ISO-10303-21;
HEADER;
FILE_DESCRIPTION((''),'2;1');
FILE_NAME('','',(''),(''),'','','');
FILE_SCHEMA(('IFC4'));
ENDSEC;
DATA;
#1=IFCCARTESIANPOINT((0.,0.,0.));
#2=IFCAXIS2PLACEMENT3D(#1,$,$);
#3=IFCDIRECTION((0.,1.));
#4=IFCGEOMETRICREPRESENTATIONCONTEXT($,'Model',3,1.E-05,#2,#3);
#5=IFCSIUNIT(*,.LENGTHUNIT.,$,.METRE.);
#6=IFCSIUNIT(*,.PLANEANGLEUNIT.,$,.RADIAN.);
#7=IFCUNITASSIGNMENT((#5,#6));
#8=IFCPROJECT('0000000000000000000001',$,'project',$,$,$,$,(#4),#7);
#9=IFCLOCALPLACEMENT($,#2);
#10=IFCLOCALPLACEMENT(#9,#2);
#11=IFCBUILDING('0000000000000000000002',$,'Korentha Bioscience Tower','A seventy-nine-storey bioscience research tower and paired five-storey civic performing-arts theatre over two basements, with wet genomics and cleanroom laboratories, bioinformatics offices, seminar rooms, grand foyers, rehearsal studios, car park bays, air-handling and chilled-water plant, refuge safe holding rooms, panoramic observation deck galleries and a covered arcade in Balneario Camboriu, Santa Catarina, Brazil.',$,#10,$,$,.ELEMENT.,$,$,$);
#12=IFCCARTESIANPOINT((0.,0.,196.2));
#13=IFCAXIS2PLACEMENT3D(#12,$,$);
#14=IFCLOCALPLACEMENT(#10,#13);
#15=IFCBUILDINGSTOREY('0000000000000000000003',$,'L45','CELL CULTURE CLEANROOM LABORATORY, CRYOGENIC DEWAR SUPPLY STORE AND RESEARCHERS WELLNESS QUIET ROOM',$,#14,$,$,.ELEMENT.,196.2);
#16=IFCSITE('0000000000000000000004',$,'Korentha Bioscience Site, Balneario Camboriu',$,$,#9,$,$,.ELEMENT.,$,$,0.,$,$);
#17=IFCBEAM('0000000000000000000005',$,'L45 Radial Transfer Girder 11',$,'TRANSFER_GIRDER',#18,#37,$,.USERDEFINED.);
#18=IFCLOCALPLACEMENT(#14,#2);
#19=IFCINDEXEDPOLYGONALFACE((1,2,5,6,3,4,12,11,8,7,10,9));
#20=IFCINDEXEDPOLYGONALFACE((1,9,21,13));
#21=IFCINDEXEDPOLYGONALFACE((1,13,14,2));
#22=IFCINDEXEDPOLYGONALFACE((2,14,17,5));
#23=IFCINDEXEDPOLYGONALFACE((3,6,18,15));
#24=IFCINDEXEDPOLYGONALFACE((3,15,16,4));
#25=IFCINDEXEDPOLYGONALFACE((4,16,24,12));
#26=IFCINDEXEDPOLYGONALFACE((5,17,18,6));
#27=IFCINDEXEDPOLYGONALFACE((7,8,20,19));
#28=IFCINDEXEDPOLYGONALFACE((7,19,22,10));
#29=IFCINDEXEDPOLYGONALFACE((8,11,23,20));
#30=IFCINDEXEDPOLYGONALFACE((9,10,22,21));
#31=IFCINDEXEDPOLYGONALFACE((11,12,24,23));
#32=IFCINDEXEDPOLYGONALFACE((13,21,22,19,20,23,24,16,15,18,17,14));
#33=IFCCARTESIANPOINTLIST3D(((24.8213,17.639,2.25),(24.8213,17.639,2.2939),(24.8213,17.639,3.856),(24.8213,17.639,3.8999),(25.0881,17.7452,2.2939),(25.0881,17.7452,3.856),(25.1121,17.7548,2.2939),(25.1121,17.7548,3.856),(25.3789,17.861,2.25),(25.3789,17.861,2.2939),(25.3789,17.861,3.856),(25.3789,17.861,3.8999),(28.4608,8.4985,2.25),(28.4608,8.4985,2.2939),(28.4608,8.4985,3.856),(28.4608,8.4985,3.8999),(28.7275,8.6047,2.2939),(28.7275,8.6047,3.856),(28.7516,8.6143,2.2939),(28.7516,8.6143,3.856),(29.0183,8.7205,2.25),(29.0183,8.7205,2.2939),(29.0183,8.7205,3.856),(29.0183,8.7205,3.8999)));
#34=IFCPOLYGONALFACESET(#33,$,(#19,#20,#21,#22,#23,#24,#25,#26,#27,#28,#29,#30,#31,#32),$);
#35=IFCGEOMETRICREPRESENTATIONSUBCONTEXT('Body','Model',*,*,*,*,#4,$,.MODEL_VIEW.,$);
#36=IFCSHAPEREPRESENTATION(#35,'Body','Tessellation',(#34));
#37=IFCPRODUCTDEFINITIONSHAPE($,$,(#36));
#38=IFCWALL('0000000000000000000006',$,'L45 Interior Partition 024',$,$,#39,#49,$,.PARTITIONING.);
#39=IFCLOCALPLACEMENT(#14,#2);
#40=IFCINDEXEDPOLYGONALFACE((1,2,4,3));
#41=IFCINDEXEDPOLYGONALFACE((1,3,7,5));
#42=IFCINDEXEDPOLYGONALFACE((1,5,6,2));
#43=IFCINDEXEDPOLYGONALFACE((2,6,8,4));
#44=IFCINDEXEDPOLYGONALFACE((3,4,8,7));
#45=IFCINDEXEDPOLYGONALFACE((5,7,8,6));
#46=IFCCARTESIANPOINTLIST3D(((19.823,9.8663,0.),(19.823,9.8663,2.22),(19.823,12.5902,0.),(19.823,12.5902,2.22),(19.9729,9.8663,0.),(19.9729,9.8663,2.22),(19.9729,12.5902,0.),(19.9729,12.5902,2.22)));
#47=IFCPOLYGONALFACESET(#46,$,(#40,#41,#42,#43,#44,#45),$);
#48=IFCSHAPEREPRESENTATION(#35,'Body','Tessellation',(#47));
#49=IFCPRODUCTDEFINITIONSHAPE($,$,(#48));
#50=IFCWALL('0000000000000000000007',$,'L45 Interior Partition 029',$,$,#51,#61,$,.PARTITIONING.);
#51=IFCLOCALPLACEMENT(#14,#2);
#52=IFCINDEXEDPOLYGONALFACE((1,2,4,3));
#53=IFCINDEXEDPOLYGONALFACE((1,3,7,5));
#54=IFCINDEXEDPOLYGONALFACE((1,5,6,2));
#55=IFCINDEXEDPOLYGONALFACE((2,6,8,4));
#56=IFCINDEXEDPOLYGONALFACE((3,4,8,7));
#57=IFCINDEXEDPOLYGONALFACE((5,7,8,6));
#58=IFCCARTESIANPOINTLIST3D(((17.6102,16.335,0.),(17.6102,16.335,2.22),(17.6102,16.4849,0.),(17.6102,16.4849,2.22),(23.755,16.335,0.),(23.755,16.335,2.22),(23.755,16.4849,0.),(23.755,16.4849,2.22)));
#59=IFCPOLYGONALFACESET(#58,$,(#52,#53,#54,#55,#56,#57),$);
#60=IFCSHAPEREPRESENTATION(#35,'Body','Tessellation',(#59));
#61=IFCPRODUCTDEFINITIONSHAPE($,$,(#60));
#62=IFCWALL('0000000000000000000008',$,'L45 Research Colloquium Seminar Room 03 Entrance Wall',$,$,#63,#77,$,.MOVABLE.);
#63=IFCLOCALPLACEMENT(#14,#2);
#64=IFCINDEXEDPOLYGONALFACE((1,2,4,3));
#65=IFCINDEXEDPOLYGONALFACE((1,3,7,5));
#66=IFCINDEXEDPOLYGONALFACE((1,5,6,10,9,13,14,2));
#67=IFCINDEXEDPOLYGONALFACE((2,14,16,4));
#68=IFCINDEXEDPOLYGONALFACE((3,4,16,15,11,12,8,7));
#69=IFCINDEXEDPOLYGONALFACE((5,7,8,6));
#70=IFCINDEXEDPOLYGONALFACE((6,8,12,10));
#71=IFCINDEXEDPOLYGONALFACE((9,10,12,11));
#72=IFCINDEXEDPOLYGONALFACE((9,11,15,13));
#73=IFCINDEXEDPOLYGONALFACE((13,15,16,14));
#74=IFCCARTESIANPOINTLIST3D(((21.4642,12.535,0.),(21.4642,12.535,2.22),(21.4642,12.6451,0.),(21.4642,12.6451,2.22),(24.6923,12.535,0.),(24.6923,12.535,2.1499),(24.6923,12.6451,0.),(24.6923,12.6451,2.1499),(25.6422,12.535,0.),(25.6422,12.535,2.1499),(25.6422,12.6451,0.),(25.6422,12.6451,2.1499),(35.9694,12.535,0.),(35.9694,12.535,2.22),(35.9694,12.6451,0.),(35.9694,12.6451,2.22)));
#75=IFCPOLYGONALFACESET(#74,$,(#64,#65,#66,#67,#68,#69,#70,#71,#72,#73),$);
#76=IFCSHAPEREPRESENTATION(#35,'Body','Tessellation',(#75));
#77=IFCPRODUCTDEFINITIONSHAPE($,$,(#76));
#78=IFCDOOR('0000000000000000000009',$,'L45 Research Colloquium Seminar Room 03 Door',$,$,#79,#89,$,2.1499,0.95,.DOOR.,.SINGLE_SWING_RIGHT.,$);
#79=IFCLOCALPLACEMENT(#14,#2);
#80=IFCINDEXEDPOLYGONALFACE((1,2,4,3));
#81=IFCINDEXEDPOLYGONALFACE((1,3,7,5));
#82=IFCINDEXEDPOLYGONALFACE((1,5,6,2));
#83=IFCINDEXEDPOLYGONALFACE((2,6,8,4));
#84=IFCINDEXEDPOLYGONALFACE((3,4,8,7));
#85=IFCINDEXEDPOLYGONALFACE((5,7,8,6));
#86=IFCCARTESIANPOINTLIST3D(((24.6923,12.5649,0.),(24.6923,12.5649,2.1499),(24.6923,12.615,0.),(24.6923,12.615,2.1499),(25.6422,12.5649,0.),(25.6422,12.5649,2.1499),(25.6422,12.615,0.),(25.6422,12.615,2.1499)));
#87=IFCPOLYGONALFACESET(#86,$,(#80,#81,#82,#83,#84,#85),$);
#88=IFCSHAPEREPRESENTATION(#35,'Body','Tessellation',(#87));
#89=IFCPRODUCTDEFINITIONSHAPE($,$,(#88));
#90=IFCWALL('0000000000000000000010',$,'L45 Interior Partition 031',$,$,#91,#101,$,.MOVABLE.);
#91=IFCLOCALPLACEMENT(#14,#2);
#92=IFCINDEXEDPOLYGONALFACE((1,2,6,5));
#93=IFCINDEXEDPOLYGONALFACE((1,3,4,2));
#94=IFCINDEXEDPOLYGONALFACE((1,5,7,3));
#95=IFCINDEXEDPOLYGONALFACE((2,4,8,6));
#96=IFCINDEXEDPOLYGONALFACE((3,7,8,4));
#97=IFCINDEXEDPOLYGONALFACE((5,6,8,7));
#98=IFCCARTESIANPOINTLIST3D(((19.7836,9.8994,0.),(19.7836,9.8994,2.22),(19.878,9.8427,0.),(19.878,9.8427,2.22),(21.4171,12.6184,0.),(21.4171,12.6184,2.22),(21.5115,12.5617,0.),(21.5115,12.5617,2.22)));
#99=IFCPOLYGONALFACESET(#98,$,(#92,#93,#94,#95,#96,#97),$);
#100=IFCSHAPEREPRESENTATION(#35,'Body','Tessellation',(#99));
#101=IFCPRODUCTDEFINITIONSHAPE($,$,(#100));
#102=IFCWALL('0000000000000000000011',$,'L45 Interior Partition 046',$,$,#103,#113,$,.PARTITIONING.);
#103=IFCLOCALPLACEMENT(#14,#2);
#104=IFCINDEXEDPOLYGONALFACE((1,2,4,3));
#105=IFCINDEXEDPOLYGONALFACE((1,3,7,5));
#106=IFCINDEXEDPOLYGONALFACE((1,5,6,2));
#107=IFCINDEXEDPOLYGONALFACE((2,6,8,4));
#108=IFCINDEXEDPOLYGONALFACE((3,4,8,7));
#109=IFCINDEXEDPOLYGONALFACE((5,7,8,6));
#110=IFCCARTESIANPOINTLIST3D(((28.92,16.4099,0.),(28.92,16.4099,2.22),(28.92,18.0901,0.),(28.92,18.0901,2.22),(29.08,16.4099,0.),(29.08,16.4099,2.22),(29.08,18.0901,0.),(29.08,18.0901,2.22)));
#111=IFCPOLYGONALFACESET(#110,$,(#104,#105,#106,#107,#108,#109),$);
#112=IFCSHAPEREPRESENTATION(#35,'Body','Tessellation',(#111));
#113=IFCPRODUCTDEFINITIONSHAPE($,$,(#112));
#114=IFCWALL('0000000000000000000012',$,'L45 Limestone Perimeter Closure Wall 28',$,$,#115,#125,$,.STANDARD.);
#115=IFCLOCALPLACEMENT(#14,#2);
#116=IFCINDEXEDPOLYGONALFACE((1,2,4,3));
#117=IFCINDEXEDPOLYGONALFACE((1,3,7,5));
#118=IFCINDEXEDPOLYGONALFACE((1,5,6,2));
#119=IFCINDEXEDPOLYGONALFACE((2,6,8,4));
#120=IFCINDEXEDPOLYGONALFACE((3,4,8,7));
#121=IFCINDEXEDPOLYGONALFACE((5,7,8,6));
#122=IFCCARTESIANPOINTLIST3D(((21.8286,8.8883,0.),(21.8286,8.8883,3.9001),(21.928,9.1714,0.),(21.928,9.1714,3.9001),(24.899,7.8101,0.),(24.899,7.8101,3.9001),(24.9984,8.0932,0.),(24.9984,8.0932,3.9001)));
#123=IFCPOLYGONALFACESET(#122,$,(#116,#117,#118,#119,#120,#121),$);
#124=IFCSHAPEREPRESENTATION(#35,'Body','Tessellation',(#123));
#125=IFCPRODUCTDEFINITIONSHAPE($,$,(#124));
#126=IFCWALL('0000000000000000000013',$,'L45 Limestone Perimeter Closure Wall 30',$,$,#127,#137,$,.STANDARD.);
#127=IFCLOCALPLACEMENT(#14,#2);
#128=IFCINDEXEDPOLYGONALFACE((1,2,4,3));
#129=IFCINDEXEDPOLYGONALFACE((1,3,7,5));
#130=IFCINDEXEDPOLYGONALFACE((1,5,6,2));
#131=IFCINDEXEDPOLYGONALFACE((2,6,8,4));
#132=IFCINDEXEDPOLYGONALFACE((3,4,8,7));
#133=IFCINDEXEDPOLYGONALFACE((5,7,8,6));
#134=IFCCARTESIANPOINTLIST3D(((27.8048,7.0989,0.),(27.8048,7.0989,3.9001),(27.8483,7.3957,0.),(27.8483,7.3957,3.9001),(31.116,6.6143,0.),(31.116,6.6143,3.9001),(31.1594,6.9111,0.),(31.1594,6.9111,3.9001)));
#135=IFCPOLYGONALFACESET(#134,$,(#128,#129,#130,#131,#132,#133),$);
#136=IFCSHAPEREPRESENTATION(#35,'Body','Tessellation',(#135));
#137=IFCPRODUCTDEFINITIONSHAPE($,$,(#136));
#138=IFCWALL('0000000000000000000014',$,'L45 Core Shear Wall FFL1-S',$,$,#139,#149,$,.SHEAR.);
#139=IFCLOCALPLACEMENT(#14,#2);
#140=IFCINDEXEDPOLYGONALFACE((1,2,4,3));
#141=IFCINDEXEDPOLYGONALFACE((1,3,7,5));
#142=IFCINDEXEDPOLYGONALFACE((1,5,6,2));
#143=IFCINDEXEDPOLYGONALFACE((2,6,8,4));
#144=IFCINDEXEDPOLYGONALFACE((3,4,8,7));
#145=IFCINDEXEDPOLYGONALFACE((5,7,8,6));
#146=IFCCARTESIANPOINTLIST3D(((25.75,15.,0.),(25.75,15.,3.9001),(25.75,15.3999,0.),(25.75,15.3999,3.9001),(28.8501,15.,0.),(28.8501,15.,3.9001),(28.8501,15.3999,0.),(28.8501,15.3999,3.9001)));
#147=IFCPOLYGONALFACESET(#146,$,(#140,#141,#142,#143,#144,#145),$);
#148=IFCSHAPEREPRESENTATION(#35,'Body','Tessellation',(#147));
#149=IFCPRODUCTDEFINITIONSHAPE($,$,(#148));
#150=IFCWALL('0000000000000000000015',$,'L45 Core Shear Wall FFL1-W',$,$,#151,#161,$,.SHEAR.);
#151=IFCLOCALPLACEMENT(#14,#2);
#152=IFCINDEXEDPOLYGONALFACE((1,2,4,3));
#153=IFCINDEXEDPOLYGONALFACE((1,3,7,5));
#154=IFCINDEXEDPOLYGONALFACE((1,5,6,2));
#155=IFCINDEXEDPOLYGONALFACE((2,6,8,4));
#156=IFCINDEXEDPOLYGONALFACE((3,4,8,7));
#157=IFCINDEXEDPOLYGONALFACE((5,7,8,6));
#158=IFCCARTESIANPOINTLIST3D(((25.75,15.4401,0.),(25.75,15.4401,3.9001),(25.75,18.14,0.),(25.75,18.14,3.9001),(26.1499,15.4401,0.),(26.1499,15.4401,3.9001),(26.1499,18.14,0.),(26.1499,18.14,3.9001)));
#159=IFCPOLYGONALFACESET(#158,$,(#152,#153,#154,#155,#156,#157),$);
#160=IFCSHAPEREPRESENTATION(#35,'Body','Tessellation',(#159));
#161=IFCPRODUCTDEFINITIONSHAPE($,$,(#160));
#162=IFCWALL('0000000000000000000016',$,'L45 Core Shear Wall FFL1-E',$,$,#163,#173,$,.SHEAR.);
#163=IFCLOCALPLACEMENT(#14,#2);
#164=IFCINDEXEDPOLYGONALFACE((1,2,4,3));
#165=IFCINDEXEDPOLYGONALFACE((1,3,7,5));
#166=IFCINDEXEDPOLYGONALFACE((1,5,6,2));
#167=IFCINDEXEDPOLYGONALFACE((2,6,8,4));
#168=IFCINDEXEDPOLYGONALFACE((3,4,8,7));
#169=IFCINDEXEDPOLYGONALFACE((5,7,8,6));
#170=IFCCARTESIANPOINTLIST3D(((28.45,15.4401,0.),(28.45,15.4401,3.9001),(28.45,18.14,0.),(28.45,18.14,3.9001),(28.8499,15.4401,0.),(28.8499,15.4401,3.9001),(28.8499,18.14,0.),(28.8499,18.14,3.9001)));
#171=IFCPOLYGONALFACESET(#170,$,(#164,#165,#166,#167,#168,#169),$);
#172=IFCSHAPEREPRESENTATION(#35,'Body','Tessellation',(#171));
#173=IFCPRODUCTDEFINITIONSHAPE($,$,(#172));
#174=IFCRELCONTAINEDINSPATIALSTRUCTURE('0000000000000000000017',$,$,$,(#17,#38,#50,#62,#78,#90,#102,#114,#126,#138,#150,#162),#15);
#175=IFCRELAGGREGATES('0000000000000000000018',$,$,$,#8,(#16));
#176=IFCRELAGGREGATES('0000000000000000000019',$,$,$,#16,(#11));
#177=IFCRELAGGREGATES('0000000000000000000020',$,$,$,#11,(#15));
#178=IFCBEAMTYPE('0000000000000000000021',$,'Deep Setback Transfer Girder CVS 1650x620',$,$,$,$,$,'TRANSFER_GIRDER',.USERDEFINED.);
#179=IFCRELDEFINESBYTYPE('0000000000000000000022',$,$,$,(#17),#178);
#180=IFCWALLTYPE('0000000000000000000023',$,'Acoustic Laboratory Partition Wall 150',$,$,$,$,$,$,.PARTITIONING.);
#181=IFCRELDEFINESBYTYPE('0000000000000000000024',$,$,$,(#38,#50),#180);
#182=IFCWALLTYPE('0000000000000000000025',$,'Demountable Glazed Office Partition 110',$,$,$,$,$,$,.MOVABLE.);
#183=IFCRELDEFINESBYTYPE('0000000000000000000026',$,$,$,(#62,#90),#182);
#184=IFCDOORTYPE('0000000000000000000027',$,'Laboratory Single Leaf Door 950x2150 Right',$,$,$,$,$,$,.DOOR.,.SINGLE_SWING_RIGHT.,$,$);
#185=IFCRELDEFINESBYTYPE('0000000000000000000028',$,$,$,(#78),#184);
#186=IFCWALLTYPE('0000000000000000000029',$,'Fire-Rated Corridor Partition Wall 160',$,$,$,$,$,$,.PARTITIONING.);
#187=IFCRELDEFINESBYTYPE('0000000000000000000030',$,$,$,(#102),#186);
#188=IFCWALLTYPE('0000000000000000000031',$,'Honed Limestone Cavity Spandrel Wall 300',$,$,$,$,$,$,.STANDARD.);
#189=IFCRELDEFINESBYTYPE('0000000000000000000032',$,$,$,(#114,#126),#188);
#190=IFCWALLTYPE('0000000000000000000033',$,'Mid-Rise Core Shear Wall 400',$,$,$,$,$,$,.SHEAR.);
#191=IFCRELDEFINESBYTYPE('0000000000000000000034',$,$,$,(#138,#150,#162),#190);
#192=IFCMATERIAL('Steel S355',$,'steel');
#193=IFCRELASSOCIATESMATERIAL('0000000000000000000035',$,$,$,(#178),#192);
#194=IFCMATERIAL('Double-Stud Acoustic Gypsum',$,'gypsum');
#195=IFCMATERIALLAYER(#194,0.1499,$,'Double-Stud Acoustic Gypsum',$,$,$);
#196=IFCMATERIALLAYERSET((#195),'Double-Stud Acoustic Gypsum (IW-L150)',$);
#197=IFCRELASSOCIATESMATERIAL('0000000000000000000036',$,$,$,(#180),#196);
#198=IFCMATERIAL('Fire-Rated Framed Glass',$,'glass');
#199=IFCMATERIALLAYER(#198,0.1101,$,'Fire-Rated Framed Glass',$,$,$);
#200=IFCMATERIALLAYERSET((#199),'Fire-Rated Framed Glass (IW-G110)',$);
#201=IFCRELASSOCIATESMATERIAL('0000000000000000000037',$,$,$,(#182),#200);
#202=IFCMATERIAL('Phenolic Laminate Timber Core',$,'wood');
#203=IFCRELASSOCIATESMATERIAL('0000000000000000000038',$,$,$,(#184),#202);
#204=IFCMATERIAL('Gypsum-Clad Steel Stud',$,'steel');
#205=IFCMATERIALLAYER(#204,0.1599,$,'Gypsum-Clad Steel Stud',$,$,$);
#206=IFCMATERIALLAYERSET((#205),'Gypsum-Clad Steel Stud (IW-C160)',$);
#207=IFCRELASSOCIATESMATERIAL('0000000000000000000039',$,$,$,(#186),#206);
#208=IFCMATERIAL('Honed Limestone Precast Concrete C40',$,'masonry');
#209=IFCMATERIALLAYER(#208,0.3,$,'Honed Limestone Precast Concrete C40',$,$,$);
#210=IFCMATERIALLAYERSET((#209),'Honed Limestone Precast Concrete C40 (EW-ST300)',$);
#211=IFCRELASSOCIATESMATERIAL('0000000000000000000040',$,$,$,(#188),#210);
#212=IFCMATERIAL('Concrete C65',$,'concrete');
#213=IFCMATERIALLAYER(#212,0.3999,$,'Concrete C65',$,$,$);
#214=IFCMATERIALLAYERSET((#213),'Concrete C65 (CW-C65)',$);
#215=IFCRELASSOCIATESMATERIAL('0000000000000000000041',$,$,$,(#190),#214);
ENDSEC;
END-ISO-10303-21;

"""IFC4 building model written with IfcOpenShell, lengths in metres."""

from ifc_helpers import new_model, si_unit, direction, frame, frame_2d, origin, origin_2d, place, context, subcontext, project, spatial, rectangle, i_section, extrude, material, layer, layer_set, material_profile, profile_set, type_object, element, fill, save


model = new_model("IFC4")

# Units and contexts
model_context = context("Model", 3, precision=1e-05, world=origin(), true_north=direction((0.0, 1.0)))
body_context = subcontext(model_context, "Body", "Model", "MODEL_VIEW")
ifc_project = project(units=[si_unit("LENGTHUNIT", "METRE"), si_unit("PLANEANGLEUNIT", "RADIAN")], contexts=[model_context])

# Site, building, storey
site_placement = place(None, origin())
site = spatial("IfcSite", under=ifc_project, at=site_placement, Name="Korentha Bioscience Site, Balneario Camboriu", CompositionType="ELEMENT", RefElevation=0.0)
building_placement = place(site_placement, origin())
building = spatial("IfcBuilding", under=site, at=building_placement, Name="Korentha Bioscience Tower", Description="A seventy-nine-storey bioscience research tower and paired five-storey civic performing-arts theatre over two basements, with wet genomics and cleanroom laboratories, bioinformatics offices, seminar rooms, grand foyers, rehearsal studios, car park bays, air-handling and chilled-water plant, refuge safe holding rooms, panoramic observation deck galleries and a covered arcade in Balneario Camboriu, Santa Catarina, Brazil.", CompositionType="ELEMENT")
storey_placement = place(building_placement, frame((0.0, 0.0, 196.2)))
storey = spatial("IfcBuildingStorey", under=building, at=storey_placement, Name="L45", Description="CELL CULTURE CLEANROOM LABORATORY, CRYOGENIC DEWAR SUPPLY STORE AND RESEARCHERS WELLNESS QUIET ROOM", CompositionType="ELEMENT", Elevation=196.2)

# Shared definitions
ifc_material_1 = material(Name="Concrete C65", Category="concrete")

# Beam
ifc_material_2 = material(Name="Steel S355", Category="steel")
ifc_material_profile_1 = material_profile(ifc_material_2, i_section(OverallWidth=0.6001, OverallDepth=1.6499, WebThickness=0.0259, FlangeThickness=0.0439, at=origin_2d()), Name="Steel S355")
ifc_profile_set_1 = profile_set([ifc_material_profile_1], Name="Steel S355 (TG-04)")
beam_type_1 = type_object("IfcBeamType", Name="Deep Setback Transfer Girder CVS 1650x620", ElementType="TRANSFER_GIRDER", PredefinedType="USERDEFINED", material=ifc_profile_set_1)
beam_1_placement = place(storey_placement, frame((25.1001, 17.75, 3.075), z_axis=(0.369923, -0.929063, 0.0), x_axis=(0.929063, 0.369923, 0.0)))
element("IfcBeam", 1, at=beam_1_placement, inside=storey, type_object=beam_type_1, Name="L45 Radial Transfer Girder 11", ObjectType="TRANSFER_GIRDER", PredefinedType="USERDEFINED", context=body_context, shape_type="SweptSolid", body=[
    extrude(i_section(OverallWidth=0.6001, OverallDepth=1.6499, WebThickness=0.0259, FlangeThickness=0.0439, at=origin_2d()), origin(), (0.0, 0.0, 1.0), 9.8384),
])

# Walls
ifc_material_3 = material(Name="Double-Stud Acoustic Gypsum", Category="gypsum")
ifc_layer_1 = layer(ifc_material_3, 0.1499, Name="Double-Stud Acoustic Gypsum")
ifc_layer_set_1 = layer_set([ifc_layer_1], Name="Double-Stud Acoustic Gypsum (IW-L150)")
wall_type_1 = type_object("IfcWallType", Name="Acoustic Laboratory Partition Wall 150", PredefinedType="PARTITIONING", material=ifc_layer_set_1)
wall_1_placement = place(storey_placement, frame((19.8979, 12.5901, 0.0), z_axis=(0.0, 0.0, 1.0), x_axis=(0.0, -1.0, 0.0)))
element("IfcWall", 2, at=wall_1_placement, inside=storey, type_object=wall_type_1, Name="L45 Interior Partition 024", PredefinedType="PARTITIONING", context=body_context, shape_type="SweptSolid", body=[
    extrude(rectangle(XDim=2.7239, YDim=0.1499, at=frame_2d((1.3618, 0.0))), origin(), (0.0, 0.0, 1.0), 2.22),
])
wall_2_placement = place(storey_placement, frame((23.7549, 16.4099, 0.0), z_axis=(0.0, 0.0, 1.0), x_axis=(-1.0, 0.0, 0.0)))
element("IfcWall", 3, at=wall_2_placement, inside=storey, type_object=wall_type_1, Name="L45 Interior Partition 029", PredefinedType="PARTITIONING", context=body_context, shape_type="SweptSolid", body=[
    extrude(rectangle(XDim=6.1448, YDim=0.1499, at=frame_2d((3.0723, 0.0))), origin(), (0.0, 0.0, 1.0), 2.22),
])

# Wall, opening, door
ifc_material_4 = material(Name="Fire-Rated Framed Glass", Category="glass")
ifc_layer_2 = layer(ifc_material_4, 0.1101, Name="Fire-Rated Framed Glass")
ifc_layer_set_2 = layer_set([ifc_layer_2], Name="Fire-Rated Framed Glass (IW-G110)")
wall_type_2 = type_object("IfcWallType", Name="Demountable Glazed Office Partition 110", PredefinedType="MOVABLE", material=ifc_layer_set_2)
wall_3_placement = place(storey_placement, frame((21.4644, 12.5901, 0.0), z_axis=(0.0, 0.0, 1.0), x_axis=(1.0, 0.0, 0.0)))
wall_3 = element("IfcWall", 4, at=wall_3_placement, inside=storey, type_object=wall_type_2, Name="L45 Research Colloquium Seminar Room 03 Entrance Wall", PredefinedType="MOVABLE", context=body_context, shape_type="SweptSolid", body=[
    extrude(rectangle(XDim=14.5051, YDim=0.1101, at=frame_2d((7.2524, 0.0))), origin(), (0.0, 0.0, 1.0), 2.22),
])
opening_1_placement = place(wall_3_placement, frame((3.2278, 0.0, 0.0)))
opening_1 = element("IfcOpeningElement", 5, at=opening_1_placement, cuts=wall_3, PredefinedType="OPENING", context=body_context, shape_type="SweptSolid", body=[
    extrude(rectangle(XDim=0.95, YDim=2.1499, at=frame_2d((0.4751, 1.075))), frame((0.0, 0.0698, 0.0), z_axis=(0.0, -1.0, 0.0), x_axis=(1.0, 0.0, 0.0)), (0.0, 0.0, 1.0), 0.1399),
])
ifc_material_5 = material(Name="Phenolic Laminate Timber Core", Category="wood")
door_type_1 = type_object("IfcDoorType", Name="Laboratory Single Leaf Door 950x2150 Right", OperationType="SINGLE_SWING_RIGHT", PredefinedType="DOOR", material=ifc_material_5)
door_1_placement = place(opening_1_placement, origin())
door_1 = element("IfcDoor", 6, at=door_1_placement, inside=storey, type_object=door_type_1, Name="L45 Research Colloquium Seminar Room 03 Door", OperationType="SINGLE_SWING_RIGHT", OverallHeight=2.1499, OverallWidth=0.95, PredefinedType="DOOR", context=body_context, shape_type="SweptSolid", body=[
    extrude(rectangle(XDim=0.95, YDim=2.1499, at=frame_2d((0.4751, 1.075))), frame((0.0, 0.0249, 0.0), z_axis=(0.0, -1.0, 0.0), x_axis=(1.0, 0.0, 0.0)), (0.0, 0.0, 1.0), 0.05),
])
fill(opening_1, door_1)

# Walls
wall_4_placement = place(storey_placement, frame((19.8308, 9.8711, 0.0), z_axis=(0.0, 0.0, 1.0), x_axis=(0.514994, 0.857194, 0.0)))
element("IfcWall", 7, at=wall_4_placement, inside=storey, type_object=wall_type_2, Name="L45 Interior Partition 031", PredefinedType="MOVABLE", context=body_context, shape_type="SweptSolid", body=[
    extrude(rectangle(XDim=3.1719, YDim=0.1101, at=frame_2d((1.5859, 0.0))), origin(), (0.0, 0.0, 1.0), 2.22),
])
ifc_material_6 = material(Name="Gypsum-Clad Steel Stud", Category="steel")
ifc_layer_3 = layer(ifc_material_6, 0.1599, Name="Gypsum-Clad Steel Stud")
ifc_layer_set_3 = layer_set([ifc_layer_3], Name="Gypsum-Clad Steel Stud (IW-C160)")
wall_type_3 = type_object("IfcWallType", Name="Fire-Rated Corridor Partition Wall 160", PredefinedType="PARTITIONING", material=ifc_layer_set_3)
wall_5_placement = place(storey_placement, frame((29.0, 16.4099, 0.0), z_axis=(0.0, 0.0, 1.0), x_axis=(0.0, 1.0, 0.0)))
element("IfcWall", 8, at=wall_5_placement, inside=storey, type_object=wall_type_3, Name="L45 Interior Partition 046", PredefinedType="PARTITIONING", context=body_context, shape_type="SweptSolid", body=[
    extrude(rectangle(XDim=1.6802, YDim=0.1599, at=frame_2d((0.8401, 0.0))), origin(), (0.0, 0.0, 1.0), 2.22),
])

# Shared definitions
ifc_material_7 = material(Name="Honed Limestone Precast Concrete C40", Category="masonry")
ifc_layer_4 = layer(ifc_material_7, 0.3, Name="Honed Limestone Precast Concrete C40")
ifc_layer_set_4 = layer_set([ifc_layer_4], Name="Honed Limestone Precast Concrete C40 (EW-ST300)")
wall_type_4 = type_object("IfcWallType", Name="Honed Limestone Cavity Spandrel Wall 300", PredefinedType="STANDARD", material=ifc_layer_set_4)

# Walls
wall_6_placement = place(storey_placement, frame((21.8784, 9.0298, 0.0), z_axis=(0.0, 0.0, 1.0), x_axis=(0.943521, -0.331313, 0.0)))
element("IfcWall", 9, at=wall_6_placement, inside=storey, type_object=wall_type_4, Name="L45 Limestone Perimeter Closure Wall 28", PredefinedType="STANDARD", context=body_context, shape_type="SweptSolid", body=[
    extrude(rectangle(XDim=3.2542, YDim=0.3, at=frame_2d((1.627, 0.0))), origin(), (0.0, 0.0, 1.0), 3.9001),
])
wall_7_placement = place(storey_placement, frame((27.8264, 7.2473, 0.0), z_axis=(0.0, 0.0, 1.0), x_axis=(0.989459, -0.144811, 0.0)))
element("IfcWall", 10, at=wall_7_placement, inside=storey, type_object=wall_type_4, Name="L45 Limestone Perimeter Closure Wall 30", PredefinedType="STANDARD", context=body_context, shape_type="SweptSolid", body=[
    extrude(rectangle(XDim=3.3464, YDim=0.3, at=frame_2d((1.6733, 0.0))), origin(), (0.0, 0.0, 1.0), 3.9001),
])
ifc_layer_5 = layer(ifc_material_1, 0.3999, Name="Concrete C65")
ifc_layer_set_5 = layer_set([ifc_layer_5], Name="Concrete C65 (CW-C65)")
wall_type_5 = type_object("IfcWallType", Name="Mid-Rise Core Shear Wall 400", PredefinedType="SHEAR", material=ifc_layer_set_5)
wall_8_placement = place(storey_placement, frame((25.75, 15.2, 0.0), z_axis=(0.0, 0.0, 1.0), x_axis=(1.0, 0.0, 0.0)))
element("IfcWall", 11, at=wall_8_placement, inside=storey, type_object=wall_type_5, Name="L45 Core Shear Wall FFL1-S", PredefinedType="SHEAR", context=body_context, shape_type="SweptSolid", body=[
    extrude(rectangle(XDim=3.1001, YDim=0.3999, at=frame_2d((1.55, 0.0))), origin(), (0.0, 0.0, 1.0), 3.9001),
])
for number, where, z_axis, x_axis, name in (
    (12, (25.95, 15.4399, 0.0), (0.0, 0.0, 1.0), (0.0, 1.0, 0.0), "L45 Core Shear Wall FFL1-W"),
    (13, (28.6499, 15.4399, 0.0), (0.0, 0.0, 1.0), (0.0, 1.0, 0.0), "L45 Core Shear Wall FFL1-E"),
):
    element("IfcWall", number, at=place(storey_placement, frame(where, z_axis=z_axis, x_axis=x_axis)), inside=storey, type_object=wall_type_5, Name=name, PredefinedType="SHEAR", context=body_context, shape_type="SweptSolid", body=[
        extrude(rectangle(XDim=2.7, YDim=0.3999, at=frame_2d((1.3501, 0.0))), origin(), (0.0, 0.0, 1.0), 3.9001),
    ])

save(model, "model.ifc")
